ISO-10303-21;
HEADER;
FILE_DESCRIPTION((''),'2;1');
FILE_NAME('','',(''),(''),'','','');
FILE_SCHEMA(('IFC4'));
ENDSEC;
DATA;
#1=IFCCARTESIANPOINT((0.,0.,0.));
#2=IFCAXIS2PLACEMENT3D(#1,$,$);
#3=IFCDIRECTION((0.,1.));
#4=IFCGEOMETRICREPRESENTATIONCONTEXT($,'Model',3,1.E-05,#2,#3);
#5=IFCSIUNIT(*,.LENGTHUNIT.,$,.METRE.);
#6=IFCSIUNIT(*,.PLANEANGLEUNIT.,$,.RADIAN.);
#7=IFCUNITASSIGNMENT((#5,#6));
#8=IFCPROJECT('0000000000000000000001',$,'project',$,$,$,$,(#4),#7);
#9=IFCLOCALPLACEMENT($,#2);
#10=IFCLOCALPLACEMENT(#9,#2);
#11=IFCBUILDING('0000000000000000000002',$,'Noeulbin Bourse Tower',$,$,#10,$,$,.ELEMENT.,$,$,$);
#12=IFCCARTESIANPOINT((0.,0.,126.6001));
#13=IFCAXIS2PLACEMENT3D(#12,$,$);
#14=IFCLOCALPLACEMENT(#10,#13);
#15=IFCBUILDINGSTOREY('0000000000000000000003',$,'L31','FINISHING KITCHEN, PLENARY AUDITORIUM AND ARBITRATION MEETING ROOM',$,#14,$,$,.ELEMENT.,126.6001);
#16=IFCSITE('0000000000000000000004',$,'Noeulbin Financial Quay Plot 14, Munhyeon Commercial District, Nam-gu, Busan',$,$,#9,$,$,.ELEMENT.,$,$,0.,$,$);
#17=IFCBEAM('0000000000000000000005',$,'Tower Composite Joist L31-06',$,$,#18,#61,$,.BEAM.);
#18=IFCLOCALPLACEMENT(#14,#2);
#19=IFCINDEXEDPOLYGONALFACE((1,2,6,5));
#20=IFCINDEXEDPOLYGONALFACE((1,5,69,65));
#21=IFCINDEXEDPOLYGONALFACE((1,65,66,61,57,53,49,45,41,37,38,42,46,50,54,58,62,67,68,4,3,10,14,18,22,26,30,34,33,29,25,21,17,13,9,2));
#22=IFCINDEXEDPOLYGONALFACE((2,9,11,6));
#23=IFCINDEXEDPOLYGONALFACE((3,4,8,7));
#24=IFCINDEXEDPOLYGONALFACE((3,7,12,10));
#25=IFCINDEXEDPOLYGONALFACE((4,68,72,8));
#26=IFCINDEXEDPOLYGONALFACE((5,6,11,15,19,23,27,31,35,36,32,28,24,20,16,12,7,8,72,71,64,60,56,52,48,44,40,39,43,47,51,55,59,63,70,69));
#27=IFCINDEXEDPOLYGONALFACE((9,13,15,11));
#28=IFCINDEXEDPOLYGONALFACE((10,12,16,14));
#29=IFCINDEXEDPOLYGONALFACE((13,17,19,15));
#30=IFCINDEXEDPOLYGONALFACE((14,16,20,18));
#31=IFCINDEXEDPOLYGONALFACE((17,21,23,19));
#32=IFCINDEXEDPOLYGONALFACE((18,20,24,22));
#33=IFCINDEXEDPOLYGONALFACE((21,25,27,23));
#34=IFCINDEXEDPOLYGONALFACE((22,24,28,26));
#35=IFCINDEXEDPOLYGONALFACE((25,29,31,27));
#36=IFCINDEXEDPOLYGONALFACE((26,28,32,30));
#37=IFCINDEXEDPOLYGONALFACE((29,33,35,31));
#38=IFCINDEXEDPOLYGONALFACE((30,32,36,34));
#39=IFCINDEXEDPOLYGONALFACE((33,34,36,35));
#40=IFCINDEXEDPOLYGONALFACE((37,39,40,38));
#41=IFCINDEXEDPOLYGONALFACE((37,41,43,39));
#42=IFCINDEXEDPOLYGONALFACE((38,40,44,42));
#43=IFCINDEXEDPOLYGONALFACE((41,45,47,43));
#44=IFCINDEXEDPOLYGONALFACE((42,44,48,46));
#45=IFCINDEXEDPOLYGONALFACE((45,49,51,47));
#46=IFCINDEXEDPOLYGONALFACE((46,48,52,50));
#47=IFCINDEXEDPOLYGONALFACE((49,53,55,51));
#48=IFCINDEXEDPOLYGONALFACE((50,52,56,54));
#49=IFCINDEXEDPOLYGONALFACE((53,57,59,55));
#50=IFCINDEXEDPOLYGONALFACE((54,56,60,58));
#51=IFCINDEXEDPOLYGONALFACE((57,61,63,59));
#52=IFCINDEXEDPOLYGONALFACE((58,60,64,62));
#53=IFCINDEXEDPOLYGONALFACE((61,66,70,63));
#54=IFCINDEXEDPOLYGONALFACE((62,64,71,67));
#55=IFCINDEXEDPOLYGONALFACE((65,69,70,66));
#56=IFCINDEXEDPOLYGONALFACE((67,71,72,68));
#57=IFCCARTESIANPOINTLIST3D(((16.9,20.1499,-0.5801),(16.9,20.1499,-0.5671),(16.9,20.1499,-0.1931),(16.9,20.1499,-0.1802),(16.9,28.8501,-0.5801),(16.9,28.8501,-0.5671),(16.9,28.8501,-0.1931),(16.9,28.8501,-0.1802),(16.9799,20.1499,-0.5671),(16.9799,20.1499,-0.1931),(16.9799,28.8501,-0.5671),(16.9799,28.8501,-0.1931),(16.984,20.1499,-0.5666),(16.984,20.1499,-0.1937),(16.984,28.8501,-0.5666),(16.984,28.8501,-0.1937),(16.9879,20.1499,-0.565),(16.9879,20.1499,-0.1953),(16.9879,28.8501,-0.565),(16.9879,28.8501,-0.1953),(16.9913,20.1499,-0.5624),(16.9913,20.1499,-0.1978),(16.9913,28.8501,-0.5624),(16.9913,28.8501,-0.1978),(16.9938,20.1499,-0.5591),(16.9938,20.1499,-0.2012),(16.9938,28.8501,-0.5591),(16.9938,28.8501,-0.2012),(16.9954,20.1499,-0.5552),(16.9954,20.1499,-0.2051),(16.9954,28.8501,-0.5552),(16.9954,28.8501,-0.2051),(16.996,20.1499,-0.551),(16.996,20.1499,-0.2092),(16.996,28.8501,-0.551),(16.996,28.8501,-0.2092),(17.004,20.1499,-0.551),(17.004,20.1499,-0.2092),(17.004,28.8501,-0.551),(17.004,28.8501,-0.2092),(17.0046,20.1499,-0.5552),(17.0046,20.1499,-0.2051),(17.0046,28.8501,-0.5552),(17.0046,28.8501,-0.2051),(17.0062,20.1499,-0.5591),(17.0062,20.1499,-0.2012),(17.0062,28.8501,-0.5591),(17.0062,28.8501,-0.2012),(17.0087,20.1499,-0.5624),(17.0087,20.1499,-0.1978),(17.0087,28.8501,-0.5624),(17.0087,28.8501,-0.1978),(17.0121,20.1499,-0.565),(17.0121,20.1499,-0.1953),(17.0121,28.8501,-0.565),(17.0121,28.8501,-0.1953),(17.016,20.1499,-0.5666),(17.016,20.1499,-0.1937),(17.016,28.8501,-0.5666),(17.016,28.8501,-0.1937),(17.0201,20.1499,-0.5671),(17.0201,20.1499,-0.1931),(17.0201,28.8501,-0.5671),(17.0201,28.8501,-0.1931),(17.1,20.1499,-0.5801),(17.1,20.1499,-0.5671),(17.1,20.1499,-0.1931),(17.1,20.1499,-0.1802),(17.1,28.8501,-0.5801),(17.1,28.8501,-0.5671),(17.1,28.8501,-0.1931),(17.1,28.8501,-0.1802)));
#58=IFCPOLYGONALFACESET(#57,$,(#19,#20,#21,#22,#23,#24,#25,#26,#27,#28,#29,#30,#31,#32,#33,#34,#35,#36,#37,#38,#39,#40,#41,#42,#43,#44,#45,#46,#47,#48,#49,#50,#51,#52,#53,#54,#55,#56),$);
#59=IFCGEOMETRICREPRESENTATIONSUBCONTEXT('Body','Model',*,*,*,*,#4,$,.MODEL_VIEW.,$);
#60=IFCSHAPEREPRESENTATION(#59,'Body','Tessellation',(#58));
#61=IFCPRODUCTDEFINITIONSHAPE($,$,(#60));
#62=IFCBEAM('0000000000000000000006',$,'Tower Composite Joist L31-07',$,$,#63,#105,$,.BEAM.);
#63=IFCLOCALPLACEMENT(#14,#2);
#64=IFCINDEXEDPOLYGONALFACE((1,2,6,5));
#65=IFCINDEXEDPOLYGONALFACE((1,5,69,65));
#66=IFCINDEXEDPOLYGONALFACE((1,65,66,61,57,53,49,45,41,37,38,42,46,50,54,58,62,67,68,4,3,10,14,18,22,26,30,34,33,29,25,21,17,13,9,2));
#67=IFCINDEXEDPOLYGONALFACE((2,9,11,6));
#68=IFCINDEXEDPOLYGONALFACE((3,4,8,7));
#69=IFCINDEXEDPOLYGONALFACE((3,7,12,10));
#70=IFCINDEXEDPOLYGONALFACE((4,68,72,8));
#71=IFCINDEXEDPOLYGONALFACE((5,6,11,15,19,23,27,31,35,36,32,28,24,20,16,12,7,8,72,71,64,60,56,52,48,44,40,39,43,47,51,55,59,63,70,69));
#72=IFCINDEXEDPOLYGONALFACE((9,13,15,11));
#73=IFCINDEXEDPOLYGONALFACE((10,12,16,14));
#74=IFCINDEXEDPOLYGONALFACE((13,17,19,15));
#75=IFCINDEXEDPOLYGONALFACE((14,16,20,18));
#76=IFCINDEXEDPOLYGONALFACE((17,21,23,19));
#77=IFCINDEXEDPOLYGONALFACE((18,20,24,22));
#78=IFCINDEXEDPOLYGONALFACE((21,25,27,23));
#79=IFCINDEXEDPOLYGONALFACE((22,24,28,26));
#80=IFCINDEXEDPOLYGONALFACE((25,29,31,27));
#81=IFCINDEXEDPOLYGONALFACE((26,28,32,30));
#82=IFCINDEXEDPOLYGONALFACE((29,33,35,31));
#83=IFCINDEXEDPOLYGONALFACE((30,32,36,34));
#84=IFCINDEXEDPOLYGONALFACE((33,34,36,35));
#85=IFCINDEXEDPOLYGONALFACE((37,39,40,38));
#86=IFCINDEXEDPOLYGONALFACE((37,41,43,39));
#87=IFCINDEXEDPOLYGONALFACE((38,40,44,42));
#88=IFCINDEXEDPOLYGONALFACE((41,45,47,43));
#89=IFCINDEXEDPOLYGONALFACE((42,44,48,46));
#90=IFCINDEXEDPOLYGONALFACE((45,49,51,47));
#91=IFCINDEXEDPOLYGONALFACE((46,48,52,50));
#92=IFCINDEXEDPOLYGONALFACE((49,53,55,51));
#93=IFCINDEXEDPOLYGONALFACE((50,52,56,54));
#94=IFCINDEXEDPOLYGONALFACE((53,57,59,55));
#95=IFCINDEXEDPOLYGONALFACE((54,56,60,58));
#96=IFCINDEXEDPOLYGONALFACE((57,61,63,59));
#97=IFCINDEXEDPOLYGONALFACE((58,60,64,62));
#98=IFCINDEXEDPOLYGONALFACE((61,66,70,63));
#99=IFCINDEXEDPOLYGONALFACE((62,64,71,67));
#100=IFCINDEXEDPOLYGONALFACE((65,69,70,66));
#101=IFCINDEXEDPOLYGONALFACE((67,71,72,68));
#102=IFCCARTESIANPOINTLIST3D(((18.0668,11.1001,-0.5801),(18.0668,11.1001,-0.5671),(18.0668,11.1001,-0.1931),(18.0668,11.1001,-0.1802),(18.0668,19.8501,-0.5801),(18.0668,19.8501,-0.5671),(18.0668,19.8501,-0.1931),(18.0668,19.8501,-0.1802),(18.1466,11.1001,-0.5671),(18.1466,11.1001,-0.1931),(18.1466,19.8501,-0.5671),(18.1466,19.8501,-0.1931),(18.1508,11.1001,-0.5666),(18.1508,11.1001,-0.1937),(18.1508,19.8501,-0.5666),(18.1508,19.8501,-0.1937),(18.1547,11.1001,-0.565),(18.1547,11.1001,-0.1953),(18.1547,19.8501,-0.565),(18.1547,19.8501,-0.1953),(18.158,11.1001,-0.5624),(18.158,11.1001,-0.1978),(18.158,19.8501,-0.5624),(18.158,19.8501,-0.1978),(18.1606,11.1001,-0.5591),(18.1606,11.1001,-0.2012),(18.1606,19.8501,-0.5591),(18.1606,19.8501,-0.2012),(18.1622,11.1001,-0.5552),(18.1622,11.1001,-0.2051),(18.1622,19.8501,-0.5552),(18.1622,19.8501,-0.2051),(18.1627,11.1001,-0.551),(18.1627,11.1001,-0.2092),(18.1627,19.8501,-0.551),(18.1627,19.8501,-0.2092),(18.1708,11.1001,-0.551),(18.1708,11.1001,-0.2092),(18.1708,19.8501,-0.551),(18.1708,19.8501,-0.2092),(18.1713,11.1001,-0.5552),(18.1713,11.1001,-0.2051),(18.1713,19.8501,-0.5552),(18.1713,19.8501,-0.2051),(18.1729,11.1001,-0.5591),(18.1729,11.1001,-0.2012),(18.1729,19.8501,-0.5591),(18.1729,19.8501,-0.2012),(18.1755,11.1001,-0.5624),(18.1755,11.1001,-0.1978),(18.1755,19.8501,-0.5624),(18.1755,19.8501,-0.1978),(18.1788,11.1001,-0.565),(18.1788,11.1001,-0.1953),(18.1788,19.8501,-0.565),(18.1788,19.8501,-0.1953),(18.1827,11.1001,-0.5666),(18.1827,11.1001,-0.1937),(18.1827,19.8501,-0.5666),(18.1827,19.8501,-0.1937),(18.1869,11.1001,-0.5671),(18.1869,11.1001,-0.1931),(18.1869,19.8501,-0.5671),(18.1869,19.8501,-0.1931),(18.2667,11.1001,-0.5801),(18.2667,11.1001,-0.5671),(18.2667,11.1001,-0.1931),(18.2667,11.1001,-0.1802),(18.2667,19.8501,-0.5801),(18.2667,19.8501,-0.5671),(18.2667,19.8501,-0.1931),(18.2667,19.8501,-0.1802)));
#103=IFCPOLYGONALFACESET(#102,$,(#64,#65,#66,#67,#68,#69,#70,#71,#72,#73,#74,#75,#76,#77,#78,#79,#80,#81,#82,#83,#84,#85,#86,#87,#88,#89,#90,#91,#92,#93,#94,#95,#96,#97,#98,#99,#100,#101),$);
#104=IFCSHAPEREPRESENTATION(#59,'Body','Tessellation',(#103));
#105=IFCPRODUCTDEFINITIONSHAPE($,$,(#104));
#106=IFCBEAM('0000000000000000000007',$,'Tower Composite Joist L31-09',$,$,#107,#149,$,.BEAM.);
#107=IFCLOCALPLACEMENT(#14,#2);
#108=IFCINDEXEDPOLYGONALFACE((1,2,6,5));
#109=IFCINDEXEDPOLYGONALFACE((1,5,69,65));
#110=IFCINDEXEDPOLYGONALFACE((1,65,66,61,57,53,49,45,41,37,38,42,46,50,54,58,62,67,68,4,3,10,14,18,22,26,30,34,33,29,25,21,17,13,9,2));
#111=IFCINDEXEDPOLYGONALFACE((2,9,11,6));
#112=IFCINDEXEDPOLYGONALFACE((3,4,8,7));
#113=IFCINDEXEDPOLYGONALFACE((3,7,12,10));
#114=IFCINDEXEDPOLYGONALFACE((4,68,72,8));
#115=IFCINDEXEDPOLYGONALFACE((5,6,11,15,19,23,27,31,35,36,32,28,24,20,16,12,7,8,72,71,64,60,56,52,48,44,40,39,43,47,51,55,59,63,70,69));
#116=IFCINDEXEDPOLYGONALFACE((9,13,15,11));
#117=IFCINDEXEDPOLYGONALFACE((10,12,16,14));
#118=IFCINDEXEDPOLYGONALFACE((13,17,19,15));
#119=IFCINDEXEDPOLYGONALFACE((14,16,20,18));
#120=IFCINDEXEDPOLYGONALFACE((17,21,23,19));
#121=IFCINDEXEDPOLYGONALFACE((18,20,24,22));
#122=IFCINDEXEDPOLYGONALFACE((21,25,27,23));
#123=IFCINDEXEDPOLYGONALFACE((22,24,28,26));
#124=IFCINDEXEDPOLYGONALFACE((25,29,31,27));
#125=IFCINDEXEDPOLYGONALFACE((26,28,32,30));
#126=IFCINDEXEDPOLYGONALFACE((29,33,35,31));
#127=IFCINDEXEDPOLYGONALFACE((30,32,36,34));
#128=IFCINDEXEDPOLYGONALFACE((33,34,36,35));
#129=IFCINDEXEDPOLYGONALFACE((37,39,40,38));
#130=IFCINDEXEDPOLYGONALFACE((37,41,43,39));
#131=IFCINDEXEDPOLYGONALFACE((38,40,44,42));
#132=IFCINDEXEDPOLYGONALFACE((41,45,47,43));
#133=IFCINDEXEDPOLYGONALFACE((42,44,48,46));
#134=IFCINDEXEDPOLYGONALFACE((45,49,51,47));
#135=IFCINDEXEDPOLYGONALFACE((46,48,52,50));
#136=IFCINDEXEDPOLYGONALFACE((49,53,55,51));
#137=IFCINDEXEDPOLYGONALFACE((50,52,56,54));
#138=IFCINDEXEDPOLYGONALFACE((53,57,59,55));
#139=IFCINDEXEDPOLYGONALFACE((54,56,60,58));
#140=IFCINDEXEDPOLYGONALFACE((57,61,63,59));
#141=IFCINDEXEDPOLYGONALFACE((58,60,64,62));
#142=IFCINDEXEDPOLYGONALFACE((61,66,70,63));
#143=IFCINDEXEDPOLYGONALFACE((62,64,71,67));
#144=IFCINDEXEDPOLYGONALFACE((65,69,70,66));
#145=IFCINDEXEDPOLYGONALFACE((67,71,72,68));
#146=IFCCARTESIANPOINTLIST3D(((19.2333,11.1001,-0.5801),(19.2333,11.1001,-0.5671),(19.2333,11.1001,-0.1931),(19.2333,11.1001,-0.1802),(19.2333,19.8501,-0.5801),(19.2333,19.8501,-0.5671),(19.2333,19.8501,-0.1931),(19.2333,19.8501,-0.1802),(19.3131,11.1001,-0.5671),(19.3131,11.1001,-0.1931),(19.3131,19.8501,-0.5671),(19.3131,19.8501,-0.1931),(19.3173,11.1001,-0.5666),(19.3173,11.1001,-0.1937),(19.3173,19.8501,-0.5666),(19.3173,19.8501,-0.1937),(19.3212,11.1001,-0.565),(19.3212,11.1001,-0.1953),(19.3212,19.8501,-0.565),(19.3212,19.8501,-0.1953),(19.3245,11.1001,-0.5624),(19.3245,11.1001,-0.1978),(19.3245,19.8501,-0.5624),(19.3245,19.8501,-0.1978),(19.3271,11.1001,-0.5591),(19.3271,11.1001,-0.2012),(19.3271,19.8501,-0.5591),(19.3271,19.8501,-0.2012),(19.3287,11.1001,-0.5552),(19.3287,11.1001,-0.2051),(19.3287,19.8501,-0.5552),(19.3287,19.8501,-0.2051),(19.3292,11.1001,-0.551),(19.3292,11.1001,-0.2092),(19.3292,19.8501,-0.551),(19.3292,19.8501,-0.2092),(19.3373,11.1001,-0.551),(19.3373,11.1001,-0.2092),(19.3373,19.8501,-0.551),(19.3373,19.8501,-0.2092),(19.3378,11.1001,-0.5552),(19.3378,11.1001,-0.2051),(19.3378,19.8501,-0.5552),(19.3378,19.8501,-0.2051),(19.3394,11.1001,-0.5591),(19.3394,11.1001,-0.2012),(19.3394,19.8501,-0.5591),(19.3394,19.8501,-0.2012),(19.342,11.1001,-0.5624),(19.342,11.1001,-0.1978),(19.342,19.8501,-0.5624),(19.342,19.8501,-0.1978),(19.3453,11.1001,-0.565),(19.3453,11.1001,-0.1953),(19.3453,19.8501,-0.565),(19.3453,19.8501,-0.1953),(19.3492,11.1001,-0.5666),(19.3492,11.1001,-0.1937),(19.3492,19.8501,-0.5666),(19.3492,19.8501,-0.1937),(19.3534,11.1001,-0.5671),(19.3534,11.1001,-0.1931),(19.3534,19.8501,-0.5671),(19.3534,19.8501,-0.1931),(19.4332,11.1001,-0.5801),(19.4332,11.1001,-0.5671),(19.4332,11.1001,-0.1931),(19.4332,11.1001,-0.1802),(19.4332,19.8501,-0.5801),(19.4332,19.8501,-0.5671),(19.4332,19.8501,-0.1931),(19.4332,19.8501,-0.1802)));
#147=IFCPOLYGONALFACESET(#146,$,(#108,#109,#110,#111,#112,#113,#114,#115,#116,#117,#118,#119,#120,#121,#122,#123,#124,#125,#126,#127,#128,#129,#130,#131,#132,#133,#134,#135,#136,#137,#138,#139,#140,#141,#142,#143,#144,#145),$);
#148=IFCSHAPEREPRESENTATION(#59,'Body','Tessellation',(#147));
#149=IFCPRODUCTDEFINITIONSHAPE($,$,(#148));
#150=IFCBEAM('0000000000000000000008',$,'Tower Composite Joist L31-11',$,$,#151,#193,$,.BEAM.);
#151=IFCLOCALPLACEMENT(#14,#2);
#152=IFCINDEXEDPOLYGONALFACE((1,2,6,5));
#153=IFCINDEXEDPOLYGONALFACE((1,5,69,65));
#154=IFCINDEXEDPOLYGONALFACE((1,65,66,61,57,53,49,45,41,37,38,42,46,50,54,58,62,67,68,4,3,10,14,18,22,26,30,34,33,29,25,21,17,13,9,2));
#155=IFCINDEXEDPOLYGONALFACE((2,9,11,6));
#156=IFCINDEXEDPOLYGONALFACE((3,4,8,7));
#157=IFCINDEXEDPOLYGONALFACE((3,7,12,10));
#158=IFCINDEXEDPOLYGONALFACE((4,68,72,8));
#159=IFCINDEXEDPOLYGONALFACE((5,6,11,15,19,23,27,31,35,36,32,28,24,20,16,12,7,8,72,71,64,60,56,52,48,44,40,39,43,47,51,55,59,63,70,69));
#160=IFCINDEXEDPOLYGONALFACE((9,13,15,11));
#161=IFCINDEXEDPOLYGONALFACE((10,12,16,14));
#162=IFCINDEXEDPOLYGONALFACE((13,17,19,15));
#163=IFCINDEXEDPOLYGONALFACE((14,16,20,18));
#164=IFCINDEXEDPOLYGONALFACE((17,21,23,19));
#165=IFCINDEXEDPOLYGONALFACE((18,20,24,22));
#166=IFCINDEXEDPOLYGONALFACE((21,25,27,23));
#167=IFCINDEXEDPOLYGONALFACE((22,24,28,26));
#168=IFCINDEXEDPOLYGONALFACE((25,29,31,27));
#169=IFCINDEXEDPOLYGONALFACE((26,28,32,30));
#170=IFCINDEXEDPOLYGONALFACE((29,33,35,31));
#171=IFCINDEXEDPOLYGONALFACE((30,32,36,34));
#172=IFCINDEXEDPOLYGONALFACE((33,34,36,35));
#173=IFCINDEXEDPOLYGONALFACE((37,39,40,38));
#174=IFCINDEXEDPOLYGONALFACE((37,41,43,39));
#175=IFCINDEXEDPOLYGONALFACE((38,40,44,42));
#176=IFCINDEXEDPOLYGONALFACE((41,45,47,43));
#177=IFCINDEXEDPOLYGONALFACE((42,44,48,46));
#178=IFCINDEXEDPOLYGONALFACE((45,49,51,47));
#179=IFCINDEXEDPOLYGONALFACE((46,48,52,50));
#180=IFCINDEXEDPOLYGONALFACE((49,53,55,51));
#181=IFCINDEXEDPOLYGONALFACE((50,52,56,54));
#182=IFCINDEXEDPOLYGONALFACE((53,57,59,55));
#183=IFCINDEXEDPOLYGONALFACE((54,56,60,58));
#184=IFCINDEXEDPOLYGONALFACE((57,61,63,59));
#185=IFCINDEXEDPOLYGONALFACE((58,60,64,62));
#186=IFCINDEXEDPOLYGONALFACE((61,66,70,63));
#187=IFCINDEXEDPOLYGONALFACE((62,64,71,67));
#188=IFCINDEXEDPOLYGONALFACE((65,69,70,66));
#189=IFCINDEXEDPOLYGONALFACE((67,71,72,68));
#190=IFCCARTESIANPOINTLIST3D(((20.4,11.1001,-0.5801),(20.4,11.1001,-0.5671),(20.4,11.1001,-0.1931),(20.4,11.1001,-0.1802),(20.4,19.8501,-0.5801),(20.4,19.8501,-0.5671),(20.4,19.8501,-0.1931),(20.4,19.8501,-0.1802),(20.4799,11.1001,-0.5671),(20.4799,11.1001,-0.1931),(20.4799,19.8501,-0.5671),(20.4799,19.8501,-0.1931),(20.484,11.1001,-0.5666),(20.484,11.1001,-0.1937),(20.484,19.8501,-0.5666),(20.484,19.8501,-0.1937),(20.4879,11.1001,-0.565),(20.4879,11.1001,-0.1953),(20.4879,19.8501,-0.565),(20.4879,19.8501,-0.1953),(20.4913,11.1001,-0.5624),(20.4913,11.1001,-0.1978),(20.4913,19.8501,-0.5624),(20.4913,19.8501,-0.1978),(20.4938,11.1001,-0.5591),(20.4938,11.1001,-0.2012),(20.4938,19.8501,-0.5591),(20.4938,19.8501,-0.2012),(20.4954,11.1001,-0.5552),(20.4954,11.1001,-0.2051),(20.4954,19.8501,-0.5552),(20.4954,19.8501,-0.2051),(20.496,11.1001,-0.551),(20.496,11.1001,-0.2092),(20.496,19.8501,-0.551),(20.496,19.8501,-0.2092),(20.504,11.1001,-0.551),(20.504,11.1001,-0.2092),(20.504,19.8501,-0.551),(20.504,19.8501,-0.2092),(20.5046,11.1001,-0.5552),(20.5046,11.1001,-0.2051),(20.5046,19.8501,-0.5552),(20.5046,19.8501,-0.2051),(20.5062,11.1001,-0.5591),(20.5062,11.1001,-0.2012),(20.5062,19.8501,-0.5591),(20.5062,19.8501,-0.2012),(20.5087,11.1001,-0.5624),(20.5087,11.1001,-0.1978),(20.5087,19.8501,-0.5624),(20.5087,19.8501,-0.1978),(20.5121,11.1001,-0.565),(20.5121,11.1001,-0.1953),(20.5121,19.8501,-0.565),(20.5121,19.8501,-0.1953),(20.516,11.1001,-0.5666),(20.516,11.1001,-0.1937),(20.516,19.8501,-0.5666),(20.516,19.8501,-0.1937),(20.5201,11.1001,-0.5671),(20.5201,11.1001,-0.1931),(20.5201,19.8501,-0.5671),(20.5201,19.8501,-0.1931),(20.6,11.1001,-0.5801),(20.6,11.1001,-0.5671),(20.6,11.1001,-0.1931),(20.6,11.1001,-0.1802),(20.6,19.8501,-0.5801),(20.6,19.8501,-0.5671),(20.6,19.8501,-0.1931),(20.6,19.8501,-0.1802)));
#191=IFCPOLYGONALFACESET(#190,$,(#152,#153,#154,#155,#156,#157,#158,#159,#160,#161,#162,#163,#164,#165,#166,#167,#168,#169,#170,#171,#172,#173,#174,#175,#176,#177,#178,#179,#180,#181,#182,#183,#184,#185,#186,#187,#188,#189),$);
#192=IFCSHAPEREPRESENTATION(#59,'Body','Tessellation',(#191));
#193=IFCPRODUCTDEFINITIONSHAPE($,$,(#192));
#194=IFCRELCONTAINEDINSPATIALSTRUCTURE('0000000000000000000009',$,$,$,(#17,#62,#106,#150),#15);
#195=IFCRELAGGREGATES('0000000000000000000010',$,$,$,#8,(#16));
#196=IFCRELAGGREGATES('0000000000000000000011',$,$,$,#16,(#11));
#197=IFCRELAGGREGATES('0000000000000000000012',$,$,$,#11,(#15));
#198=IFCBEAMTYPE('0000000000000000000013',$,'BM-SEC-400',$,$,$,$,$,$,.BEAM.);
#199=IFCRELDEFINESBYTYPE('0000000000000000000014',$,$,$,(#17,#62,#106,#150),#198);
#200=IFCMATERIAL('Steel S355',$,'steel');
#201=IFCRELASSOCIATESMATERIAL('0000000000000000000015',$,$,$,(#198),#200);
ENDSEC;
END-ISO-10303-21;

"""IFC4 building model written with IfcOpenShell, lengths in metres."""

from ifc_helpers import new_model, si_unit, direction, frame, origin, origin_2d, place, context, subcontext, project, spatial, i_section, extrude, material, material_profile, profile_set, type_object, element, save


model = new_model("IFC4")

# Units and contexts
model_context = context("Model", 3, precision=1e-05, world=origin(), true_north=direction((0.0, 1.0)))
body_context = subcontext(model_context, "Body", "Model", "MODEL_VIEW")
ifc_project = project(units=[si_unit("LENGTHUNIT", "METRE"), si_unit("PLANEANGLEUNIT", "RADIAN")], contexts=[model_context])

# Site, building, storey
site_placement = place(None, origin())
site = spatial("IfcSite", under=ifc_project, at=site_placement, Name="Noeulbin Financial Quay Plot 14, Munhyeon Commercial District, Nam-gu, Busan", CompositionType="ELEMENT", RefElevation=0.0)
building_placement = place(site_placement, origin())
building = spatial("IfcBuilding", under=site, at=building_placement, Name="Noeulbin Bourse Tower", CompositionType="ELEMENT")
storey_placement = place(building_placement, frame((0.0, 0.0, 126.6001)))
storey = spatial("IfcBuildingStorey", under=building, at=storey_placement, Name="L31", Description="FINISHING KITCHEN, PLENARY AUDITORIUM AND ARBITRATION MEETING ROOM", CompositionType="ELEMENT", Elevation=126.6001)

# Beams
ifc_material_1 = material(Name="Steel S355", Category="steel")
ifc_material_profile_1 = material_profile(ifc_material_1, i_section(OverallWidth=0.2, OverallDepth=0.3999, WebThickness=0.0081, FlangeThickness=0.0129, FilletRadius=0.0161, at=origin_2d()), Name="H-400x200x8x13", Category="LoadBearing")
ifc_profile_set_1 = profile_set([ifc_material_profile_1], Name="Steel S355")
beam_type_1 = type_object("IfcBeamType", Name="BM-SEC-400", PredefinedType="BEAM", material=ifc_profile_set_1)
beam_1_placement = place(storey_placement, frame((17.0, 20.1499, -0.3801), z_axis=(0.0, 1.0, 0.0), x_axis=(-1.0, 0.0, 0.0)))
element("IfcBeam", 1, at=beam_1_placement, inside=storey, type_object=beam_type_1, Name="Tower Composite Joist L31-06", PredefinedType="BEAM", context=body_context, shape_type="SweptSolid", body=[
    extrude(i_section(OverallWidth=0.2, OverallDepth=0.3999, WebThickness=0.0081, FlangeThickness=0.0129, FilletRadius=0.0161, at=origin_2d()), origin(), (0.0, 0.0, 1.0), 8.7002),
])
for number, where, z_axis, x_axis, name in (
    (2, (18.1667, 11.1001, -0.3801), (0.0, 1.0, 0.0), (-1.0, 0.0, 0.0), "Tower Composite Joist L31-07"),
    (3, (19.3333, 11.1001, -0.3801), (0.0, 1.0, 0.0), (-1.0, 0.0, 0.0), "Tower Composite Joist L31-09"),
    (4, (20.5, 11.1001, -0.3801), (0.0, 1.0, 0.0), (-1.0, 0.0, 0.0), "Tower Composite Joist L31-11"),
):
    element("IfcBeam", number, at=place(storey_placement, frame(where, z_axis=z_axis, x_axis=x_axis)), inside=storey, type_object=beam_type_1, Name=name, PredefinedType="BEAM", context=body_context, shape_type="SweptSolid", body=[
        extrude(i_section(OverallWidth=0.2, OverallDepth=0.3999, WebThickness=0.0081, FlangeThickness=0.0129, FilletRadius=0.0161, at=origin_2d()), origin(), (0.0, 0.0, 1.0), 8.75),
    ])

save(model, "model.ifc")
